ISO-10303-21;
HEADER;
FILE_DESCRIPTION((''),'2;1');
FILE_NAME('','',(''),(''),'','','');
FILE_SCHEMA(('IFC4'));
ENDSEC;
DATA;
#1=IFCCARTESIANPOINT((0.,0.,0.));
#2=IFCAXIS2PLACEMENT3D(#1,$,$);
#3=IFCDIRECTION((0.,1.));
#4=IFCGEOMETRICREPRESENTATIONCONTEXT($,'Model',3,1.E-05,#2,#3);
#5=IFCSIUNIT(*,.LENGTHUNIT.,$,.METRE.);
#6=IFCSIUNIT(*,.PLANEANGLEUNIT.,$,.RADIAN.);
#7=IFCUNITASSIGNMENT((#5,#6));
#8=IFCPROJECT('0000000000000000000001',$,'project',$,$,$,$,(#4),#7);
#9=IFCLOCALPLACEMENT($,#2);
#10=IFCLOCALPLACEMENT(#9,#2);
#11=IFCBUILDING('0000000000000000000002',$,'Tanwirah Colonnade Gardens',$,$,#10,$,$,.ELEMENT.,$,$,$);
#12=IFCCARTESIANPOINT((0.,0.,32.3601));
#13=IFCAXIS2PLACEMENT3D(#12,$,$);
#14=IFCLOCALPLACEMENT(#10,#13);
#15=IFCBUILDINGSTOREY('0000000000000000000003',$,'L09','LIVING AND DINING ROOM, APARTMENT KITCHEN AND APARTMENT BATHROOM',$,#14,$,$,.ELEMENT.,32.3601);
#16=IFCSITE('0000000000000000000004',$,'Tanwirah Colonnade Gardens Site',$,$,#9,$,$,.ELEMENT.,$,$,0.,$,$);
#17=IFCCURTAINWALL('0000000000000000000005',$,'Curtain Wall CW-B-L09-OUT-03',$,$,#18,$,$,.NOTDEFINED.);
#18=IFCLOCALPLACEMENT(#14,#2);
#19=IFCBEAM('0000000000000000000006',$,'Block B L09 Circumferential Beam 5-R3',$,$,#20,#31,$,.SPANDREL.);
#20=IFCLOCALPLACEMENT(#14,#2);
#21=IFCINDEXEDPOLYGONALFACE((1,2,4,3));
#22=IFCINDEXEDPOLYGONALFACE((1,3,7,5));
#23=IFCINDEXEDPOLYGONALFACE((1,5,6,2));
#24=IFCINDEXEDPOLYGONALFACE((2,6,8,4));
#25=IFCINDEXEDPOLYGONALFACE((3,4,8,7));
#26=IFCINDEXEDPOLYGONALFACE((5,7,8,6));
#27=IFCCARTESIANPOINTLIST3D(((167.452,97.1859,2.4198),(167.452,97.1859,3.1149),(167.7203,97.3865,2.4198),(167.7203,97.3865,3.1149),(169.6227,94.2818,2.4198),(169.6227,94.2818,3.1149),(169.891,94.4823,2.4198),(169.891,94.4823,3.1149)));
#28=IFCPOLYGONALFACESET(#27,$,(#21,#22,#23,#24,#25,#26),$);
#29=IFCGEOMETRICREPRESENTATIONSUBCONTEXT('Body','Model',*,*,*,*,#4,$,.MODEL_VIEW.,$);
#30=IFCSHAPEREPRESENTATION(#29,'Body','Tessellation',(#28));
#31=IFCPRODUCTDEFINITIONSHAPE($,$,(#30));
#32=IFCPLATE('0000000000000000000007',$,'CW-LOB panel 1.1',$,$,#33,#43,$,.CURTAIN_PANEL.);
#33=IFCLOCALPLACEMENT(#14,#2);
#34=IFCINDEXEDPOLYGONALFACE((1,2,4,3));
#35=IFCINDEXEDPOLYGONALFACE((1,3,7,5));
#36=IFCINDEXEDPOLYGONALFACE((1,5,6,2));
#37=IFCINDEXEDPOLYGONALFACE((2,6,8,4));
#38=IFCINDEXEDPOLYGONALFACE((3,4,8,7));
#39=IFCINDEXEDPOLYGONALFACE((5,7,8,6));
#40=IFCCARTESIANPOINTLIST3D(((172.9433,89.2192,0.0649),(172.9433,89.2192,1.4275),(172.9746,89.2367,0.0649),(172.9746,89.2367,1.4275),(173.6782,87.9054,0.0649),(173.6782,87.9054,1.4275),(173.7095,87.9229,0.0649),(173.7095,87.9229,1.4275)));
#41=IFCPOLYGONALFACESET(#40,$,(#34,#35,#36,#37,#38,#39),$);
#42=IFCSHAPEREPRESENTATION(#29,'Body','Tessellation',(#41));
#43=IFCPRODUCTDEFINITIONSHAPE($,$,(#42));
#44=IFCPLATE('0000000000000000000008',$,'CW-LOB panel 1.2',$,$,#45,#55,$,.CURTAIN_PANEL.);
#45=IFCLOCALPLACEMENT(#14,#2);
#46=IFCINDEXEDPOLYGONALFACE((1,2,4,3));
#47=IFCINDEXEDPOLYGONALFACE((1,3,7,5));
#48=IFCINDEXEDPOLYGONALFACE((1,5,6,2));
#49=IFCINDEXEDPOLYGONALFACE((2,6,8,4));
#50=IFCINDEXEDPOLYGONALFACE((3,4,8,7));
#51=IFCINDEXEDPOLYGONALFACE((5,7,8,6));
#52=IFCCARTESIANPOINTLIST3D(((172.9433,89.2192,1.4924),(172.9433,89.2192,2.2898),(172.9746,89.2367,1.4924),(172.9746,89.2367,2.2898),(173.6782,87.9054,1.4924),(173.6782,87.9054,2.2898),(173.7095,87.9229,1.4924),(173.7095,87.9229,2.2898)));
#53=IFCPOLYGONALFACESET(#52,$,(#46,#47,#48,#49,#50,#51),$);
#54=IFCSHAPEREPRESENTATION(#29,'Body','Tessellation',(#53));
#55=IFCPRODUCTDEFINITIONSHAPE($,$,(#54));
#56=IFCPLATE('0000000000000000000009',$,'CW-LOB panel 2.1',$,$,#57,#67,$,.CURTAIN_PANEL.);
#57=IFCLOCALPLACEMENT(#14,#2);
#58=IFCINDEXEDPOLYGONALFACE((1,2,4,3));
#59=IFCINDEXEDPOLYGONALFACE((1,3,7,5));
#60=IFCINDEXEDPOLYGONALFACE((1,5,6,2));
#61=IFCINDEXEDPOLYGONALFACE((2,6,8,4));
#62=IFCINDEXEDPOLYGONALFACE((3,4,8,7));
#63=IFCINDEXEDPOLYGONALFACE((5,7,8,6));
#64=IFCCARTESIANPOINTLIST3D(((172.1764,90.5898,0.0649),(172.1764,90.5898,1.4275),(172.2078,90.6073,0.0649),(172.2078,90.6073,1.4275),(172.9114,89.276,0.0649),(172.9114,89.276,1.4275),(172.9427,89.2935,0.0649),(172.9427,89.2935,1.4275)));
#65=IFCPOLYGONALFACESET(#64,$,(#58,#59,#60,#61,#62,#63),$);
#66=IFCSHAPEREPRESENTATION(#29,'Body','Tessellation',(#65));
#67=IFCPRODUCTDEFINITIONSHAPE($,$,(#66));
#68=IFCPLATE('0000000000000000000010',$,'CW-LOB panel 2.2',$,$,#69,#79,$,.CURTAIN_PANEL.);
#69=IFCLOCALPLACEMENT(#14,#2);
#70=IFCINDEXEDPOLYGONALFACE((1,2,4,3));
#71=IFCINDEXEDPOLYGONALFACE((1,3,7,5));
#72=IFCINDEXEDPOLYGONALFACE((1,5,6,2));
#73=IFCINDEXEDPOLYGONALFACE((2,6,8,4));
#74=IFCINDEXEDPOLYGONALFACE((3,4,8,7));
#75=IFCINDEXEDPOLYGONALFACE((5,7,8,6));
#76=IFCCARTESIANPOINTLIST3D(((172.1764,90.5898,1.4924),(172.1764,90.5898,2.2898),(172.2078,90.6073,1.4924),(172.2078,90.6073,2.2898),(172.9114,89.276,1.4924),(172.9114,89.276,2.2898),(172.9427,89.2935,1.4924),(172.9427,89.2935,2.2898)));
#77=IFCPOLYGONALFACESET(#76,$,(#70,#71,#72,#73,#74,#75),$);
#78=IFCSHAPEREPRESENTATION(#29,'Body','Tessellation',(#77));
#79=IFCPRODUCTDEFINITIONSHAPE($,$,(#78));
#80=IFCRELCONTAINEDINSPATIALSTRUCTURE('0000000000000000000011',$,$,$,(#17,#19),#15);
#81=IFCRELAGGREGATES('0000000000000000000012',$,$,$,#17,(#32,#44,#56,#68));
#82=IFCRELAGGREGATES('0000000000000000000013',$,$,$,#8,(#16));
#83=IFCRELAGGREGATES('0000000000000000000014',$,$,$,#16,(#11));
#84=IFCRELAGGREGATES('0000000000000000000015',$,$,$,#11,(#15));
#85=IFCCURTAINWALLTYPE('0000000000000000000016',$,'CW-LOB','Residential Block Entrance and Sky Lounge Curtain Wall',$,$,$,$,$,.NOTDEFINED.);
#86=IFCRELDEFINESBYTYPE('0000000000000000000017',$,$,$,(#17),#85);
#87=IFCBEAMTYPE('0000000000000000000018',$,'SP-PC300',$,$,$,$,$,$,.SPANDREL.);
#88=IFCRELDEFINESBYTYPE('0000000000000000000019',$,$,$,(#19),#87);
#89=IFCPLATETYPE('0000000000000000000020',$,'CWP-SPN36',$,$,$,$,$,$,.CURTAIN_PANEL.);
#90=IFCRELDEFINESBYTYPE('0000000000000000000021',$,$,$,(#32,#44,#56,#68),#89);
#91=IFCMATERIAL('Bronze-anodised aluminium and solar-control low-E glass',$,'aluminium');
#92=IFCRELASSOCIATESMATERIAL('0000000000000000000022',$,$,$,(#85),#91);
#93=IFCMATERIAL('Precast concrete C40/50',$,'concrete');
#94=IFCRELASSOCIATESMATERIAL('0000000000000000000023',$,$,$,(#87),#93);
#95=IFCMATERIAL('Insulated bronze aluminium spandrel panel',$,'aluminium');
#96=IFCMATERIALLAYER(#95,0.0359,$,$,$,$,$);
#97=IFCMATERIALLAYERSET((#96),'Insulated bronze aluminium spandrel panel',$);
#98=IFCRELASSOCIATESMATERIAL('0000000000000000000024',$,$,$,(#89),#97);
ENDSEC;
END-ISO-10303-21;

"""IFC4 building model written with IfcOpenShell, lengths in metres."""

from ifc_helpers import new_model, si_unit, direction, frame, origin, origin_2d, place, context, subcontext, project, spatial, rectangle, extrude, material, layer, layer_set, material_profile, profile_set, type_object, element, aggregate, save


model = new_model("IFC4")

# Units and contexts
model_context = context("Model", 3, precision=1e-05, world=origin(), true_north=direction((0.0, 1.0)))
body_context = subcontext(model_context, "Body", "Model", "MODEL_VIEW")
ifc_project = project(units=[si_unit("LENGTHUNIT", "METRE"), si_unit("PLANEANGLEUNIT", "RADIAN")], contexts=[model_context])

# Site, building, storey
site_placement = place(None, origin())
site = spatial("IfcSite", under=ifc_project, at=site_placement, Name="Tanwirah Colonnade Gardens Site", CompositionType="ELEMENT", RefElevation=0.0)
building_placement = place(site_placement, origin())
building = spatial("IfcBuilding", under=site, at=building_placement, Name="Tanwirah Colonnade Gardens", CompositionType="ELEMENT")
storey_placement = place(building_placement, frame((0.0, 0.0, 32.3601)))
storey = spatial("IfcBuildingStorey", under=building, at=storey_placement, Name="L09", Description="LIVING AND DINING ROOM, APARTMENT KITCHEN AND APARTMENT BATHROOM", CompositionType="ELEMENT", Elevation=32.3601)

# Shared definitions
ifc_material_1 = material(Name="Precast concrete C40/50", Category="concrete")

# Curtain wall
ifc_material_2 = material(Name="Bronze-anodised aluminium and solar-control low-E glass", Category="aluminium")
curtain_wall_type = type_object("IfcCurtainWallType", Name="CW-LOB", Description="Residential Block Entrance and Sky Lounge Curtain Wall", PredefinedType="NOTDEFINED", material=ifc_material_2)
curtain_wall_1_placement = place(storey_placement, origin())
curtain_wall_1 = element("IfcCurtainWall", 1, at=curtain_wall_1_placement, inside=storey, type_object=curtain_wall_type, Name="Curtain Wall CW-B-L09-OUT-03", PredefinedType="NOTDEFINED")

# Beam
ifc_material_profile_1 = material_profile(ifc_material_1, rectangle(XDim=0.335, YDim=0.6951, at=origin_2d()), Name="PC-SP 335x695")
ifc_profile_set_1 = profile_set([ifc_material_profile_1], Name="Precast concrete C40/50")
beam_type = type_object("IfcBeamType", Name="SP-PC300", PredefinedType="SPANDREL", material=ifc_profile_set_1)
for number, where, z_axis, x_axis, name in (
    (2, (169.7568, 94.3821, 2.7673), (-0.598696, 0.800977, 0.0), (-0.800977, -0.598696, 0.0), "Block B L09 Circumferential Beam 5-R3"),
):
    element("IfcBeam", number, at=place(storey_placement, frame(where, z_axis=z_axis, x_axis=x_axis)), inside=storey, type_object=beam_type, Name=name, PredefinedType="SPANDREL", context=body_context, shape_type="SweptSolid", body=[
        extrude(rectangle(XDim=0.335, YDim=0.6951, at=origin_2d()), origin(), (0.0, 0.0, 1.0), 3.6257),
    ])

# Plates
ifc_material_3 = material(Name="Insulated bronze aluminium spandrel panel", Category="aluminium")
ifc_layer_1 = layer(ifc_material_3, 0.0359)
ifc_layer_set_1 = layer_set([ifc_layer_1], Name="Insulated bronze aluminium spandrel panel")
plate_type = type_object("IfcPlateType", Name="CWP-SPN36", PredefinedType="CURTAIN_PANEL", material=ifc_layer_set_1)
plate_1_placement = place(storey_placement, frame((173.3264, 88.571, 0.0649), z_axis=(0.0, 0.0, 1.0), x_axis=(-0.4882, 0.872732, 0.0)))
plate_1 = element("IfcPlate", 3, at=plate_1_placement, type_object=plate_type, Name="CW-LOB panel 1.1", PredefinedType="CURTAIN_PANEL", context=body_context, shape_type="SweptSolid", body=[
    extrude(rectangle(XDim=1.5054, YDim=0.0359, at=origin_2d()), origin(), (0.0, 0.0, 1.0), 1.3625),
])
plate_2_placement = place(storey_placement, frame((173.3264, 88.571, 1.4924), z_axis=(0.0, 0.0, 1.0), x_axis=(-0.4882, 0.872732, 0.0)))
plate_2 = element("IfcPlate", 4, at=plate_2_placement, type_object=plate_type, Name="CW-LOB panel 1.2", PredefinedType="CURTAIN_PANEL", context=body_context, shape_type="SweptSolid", body=[
    extrude(rectangle(XDim=1.5054, YDim=0.0359, at=origin_2d()), origin(), (0.0, 0.0, 1.0), 0.7974),
])
plate_3_placement = place(storey_placement, frame((172.5596, 89.9417, 0.0649), z_axis=(0.0, 0.0, 1.0), x_axis=(-0.4882, 0.872732, 0.0)))
plate_3 = element("IfcPlate", 5, at=plate_3_placement, type_object=plate_type, Name="CW-LOB panel 2.1", PredefinedType="CURTAIN_PANEL", context=body_context, shape_type="SweptSolid", body=[
    extrude(rectangle(XDim=1.5054, YDim=0.0359, at=origin_2d()), origin(), (0.0, 0.0, 1.0), 1.3625),
])
plate_4_placement = place(storey_placement, frame((172.5596, 89.9417, 1.4924), z_axis=(0.0, 0.0, 1.0), x_axis=(-0.4882, 0.872732, 0.0)))
plate_4 = element("IfcPlate", 6, at=plate_4_placement, type_object=plate_type, Name="CW-LOB panel 2.2", PredefinedType="CURTAIN_PANEL", context=body_context, shape_type="SweptSolid", body=[
    extrude(rectangle(XDim=1.5054, YDim=0.0359, at=origin_2d()), origin(), (0.0, 0.0, 1.0), 0.7974),
])
aggregate(curtain_wall_1, [plate_1, plate_2, plate_3, plate_4])

save(model, "model.ifc")
